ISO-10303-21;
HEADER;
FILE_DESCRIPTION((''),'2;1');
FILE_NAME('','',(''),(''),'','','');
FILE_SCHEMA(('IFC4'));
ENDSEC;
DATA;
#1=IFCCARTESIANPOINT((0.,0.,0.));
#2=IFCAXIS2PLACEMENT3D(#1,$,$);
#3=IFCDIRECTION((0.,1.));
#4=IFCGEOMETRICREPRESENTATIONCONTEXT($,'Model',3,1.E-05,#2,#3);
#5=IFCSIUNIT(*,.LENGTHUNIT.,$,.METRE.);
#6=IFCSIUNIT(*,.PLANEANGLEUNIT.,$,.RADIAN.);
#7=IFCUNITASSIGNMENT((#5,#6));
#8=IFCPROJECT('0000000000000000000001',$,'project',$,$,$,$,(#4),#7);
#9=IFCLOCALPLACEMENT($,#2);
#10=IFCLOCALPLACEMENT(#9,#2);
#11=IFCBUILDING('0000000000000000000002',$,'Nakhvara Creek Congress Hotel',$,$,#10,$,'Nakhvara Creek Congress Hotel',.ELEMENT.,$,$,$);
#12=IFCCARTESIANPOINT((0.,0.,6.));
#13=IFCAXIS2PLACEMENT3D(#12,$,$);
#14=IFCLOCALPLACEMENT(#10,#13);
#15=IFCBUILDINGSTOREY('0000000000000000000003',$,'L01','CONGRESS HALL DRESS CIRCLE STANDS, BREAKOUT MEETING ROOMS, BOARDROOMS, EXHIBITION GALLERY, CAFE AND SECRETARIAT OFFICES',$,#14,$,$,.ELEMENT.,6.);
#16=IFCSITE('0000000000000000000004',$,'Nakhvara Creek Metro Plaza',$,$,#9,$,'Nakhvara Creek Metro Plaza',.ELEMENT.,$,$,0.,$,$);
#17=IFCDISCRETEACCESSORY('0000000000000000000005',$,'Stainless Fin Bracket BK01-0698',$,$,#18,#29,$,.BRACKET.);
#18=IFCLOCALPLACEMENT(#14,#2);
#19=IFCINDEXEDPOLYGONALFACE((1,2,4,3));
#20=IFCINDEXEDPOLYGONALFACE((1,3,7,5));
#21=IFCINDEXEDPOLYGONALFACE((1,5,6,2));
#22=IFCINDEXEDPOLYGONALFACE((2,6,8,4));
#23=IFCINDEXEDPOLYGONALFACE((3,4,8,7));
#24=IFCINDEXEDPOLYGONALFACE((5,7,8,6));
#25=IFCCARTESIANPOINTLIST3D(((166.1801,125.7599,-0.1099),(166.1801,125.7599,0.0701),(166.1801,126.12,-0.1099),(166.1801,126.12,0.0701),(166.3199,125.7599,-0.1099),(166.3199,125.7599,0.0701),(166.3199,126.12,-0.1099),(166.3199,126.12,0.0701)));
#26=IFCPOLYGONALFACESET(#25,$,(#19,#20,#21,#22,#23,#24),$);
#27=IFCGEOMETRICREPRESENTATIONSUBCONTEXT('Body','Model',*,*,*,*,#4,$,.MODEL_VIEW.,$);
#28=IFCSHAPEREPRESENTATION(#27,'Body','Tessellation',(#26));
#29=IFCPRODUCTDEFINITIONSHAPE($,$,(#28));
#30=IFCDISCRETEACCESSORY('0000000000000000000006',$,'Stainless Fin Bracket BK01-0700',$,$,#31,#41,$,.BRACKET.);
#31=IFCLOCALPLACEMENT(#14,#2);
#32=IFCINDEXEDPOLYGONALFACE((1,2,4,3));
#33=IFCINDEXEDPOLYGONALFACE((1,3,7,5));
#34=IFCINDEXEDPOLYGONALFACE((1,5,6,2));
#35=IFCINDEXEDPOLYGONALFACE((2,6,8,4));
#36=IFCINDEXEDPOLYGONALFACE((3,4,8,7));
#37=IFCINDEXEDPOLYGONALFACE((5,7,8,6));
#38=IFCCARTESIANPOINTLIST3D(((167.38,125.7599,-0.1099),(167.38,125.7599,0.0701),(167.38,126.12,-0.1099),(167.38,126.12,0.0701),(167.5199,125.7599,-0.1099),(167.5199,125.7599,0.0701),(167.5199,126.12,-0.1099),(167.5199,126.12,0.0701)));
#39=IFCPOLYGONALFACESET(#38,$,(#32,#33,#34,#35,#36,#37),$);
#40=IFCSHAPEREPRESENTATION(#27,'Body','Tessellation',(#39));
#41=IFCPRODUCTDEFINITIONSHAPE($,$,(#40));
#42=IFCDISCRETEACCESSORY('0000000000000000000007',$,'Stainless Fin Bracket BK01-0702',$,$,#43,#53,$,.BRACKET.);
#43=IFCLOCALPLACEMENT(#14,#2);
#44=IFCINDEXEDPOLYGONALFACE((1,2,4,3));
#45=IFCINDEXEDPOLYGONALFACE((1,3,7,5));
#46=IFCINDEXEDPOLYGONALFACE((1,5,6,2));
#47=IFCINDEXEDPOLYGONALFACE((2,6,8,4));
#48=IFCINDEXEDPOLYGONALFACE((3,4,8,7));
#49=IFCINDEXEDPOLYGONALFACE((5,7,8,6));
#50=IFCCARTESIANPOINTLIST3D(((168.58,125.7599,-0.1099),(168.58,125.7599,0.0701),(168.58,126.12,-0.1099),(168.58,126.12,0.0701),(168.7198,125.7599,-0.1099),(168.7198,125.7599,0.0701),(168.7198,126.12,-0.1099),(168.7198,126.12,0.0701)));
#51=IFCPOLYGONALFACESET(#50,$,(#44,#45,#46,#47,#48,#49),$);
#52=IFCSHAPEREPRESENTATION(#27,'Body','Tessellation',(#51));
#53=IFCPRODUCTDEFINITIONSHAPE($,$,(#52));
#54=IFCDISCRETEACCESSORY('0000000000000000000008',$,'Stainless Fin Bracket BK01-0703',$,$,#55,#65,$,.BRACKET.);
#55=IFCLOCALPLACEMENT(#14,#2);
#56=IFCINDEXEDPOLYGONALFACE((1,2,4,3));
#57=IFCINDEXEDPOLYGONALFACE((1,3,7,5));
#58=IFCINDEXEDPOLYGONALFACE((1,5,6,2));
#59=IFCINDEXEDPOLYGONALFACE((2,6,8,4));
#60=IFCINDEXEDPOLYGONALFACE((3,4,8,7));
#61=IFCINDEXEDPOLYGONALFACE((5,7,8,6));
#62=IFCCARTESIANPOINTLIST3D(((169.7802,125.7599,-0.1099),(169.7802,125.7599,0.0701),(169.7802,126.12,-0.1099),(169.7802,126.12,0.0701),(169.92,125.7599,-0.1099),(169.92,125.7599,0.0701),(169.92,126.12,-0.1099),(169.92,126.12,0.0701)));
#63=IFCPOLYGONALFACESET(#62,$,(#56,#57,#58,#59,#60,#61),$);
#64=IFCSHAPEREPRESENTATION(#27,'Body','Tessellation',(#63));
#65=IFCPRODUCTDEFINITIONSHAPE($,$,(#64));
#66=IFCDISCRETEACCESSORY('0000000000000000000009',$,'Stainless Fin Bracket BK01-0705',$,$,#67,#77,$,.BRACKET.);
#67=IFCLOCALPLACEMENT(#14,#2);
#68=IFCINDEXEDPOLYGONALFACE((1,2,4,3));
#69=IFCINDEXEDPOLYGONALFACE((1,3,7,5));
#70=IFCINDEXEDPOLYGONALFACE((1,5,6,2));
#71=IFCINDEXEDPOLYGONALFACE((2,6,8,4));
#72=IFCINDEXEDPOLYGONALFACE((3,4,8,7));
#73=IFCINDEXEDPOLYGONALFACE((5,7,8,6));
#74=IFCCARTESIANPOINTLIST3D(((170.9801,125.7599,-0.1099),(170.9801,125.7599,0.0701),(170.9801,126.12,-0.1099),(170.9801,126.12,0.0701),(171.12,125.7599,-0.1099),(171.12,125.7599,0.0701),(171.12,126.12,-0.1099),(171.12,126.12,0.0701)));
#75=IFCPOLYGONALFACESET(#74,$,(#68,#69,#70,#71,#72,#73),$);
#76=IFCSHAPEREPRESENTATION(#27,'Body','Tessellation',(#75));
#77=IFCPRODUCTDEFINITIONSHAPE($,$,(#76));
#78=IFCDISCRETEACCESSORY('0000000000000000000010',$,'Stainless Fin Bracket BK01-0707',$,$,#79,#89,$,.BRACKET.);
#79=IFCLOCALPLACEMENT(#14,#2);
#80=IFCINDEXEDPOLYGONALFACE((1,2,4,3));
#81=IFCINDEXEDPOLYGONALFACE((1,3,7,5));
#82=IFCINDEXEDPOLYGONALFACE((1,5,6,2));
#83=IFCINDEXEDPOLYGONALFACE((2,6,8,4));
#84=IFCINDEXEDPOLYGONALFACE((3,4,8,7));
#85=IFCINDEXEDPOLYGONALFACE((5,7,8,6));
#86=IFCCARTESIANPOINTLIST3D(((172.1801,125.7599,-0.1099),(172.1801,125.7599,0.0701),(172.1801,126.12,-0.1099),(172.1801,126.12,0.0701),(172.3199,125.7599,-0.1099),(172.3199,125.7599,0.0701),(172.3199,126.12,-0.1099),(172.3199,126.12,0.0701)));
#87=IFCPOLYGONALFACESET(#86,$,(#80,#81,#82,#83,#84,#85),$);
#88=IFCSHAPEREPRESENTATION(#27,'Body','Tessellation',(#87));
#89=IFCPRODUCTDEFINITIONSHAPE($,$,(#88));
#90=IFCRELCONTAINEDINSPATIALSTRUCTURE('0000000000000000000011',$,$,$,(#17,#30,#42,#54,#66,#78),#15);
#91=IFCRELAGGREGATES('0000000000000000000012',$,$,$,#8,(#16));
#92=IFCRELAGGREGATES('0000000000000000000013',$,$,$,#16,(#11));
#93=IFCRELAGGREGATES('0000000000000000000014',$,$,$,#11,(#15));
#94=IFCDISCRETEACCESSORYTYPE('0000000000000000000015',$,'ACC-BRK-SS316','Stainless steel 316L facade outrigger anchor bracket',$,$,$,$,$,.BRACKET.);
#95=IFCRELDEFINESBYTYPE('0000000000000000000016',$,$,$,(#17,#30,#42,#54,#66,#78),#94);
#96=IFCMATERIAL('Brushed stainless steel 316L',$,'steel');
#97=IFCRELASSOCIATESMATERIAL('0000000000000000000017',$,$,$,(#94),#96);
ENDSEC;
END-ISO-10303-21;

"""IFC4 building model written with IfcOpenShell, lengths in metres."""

from ifc_helpers import new_model, si_unit, direction, frame, origin, origin_2d, place, context, subcontext, project, spatial, rectangle, extrude, material, type_object, element, save


model = new_model("IFC4")

# Units and contexts
model_context = context("Model", 3, precision=1e-05, world=origin(), true_north=direction((0.0, 1.0)))
body_context = subcontext(model_context, "Body", "Model", "MODEL_VIEW")
ifc_project = project(units=[si_unit("LENGTHUNIT", "METRE"), si_unit("PLANEANGLEUNIT", "RADIAN")], contexts=[model_context])

# Site, building, storey
site_placement = place(None, origin())
site = spatial("IfcSite", under=ifc_project, at=site_placement, Name="Nakhvara Creek Metro Plaza", LongName="Nakhvara Creek Metro Plaza", CompositionType="ELEMENT", RefElevation=0.0)
building_placement = place(site_placement, origin())
building = spatial("IfcBuilding", under=site, at=building_placement, Name="Nakhvara Creek Congress Hotel", LongName="Nakhvara Creek Congress Hotel", CompositionType="ELEMENT")
storey_placement = place(building_placement, frame((0.0, 0.0, 6.0)))
storey = spatial("IfcBuildingStorey", under=building, at=storey_placement, Name="L01", Description="CONGRESS HALL DRESS CIRCLE STANDS, BREAKOUT MEETING ROOMS, BOARDROOMS, EXHIBITION GALLERY, CAFE AND SECRETARIAT OFFICES", CompositionType="ELEMENT", Elevation=6.0)

# Discrete accessories
ifc_material_1 = material(Name="Brushed stainless steel 316L", Category="steel")
discrete_accessory_type = type_object("IfcDiscreteAccessoryType", Name="ACC-BRK-SS316", Description="Stainless steel 316L facade outrigger anchor bracket", PredefinedType="BRACKET", material=ifc_material_1)
for number, where, z_axis, x_axis, name in (
    (1, (166.25, 125.9399, -0.1099), (0.0, 0.0, 1.0), (1.0, 0.0, 0.0), "Stainless Fin Bracket BK01-0698"),
    (2, (167.45, 125.9399, -0.1099), (0.0, 0.0, 1.0), (1.0, 0.0, 0.0), "Stainless Fin Bracket BK01-0700"),
    (3, (168.6499, 125.9399, -0.1099), (0.0, 0.0, 1.0), (1.0, 0.0, 0.0), "Stainless Fin Bracket BK01-0702"),
    (4, (169.8501, 125.9399, -0.1099), (0.0, 0.0, 1.0), (1.0, 0.0, 0.0), "Stainless Fin Bracket BK01-0703"),
    (5, (171.05, 125.9399, -0.1099), (0.0, 0.0, 1.0), (1.0, 0.0, 0.0), "Stainless Fin Bracket BK01-0705"),
    (6, (172.25, 125.9399, -0.1099), (0.0, 0.0, 1.0), (1.0, 0.0, 0.0), "Stainless Fin Bracket BK01-0707"),
):
    element("IfcDiscreteAccessory", number, at=place(storey_placement, frame(where, z_axis=z_axis, x_axis=x_axis)), inside=storey, type_object=discrete_accessory_type, Name=name, PredefinedType="BRACKET", context=body_context, shape_type="SweptSolid", body=[
        extrude(rectangle(XDim=0.1399, YDim=0.3601, at=origin_2d()), origin(), (0.0, 0.0, 1.0), 0.1799),
    ])

save(model, "model.ifc")
